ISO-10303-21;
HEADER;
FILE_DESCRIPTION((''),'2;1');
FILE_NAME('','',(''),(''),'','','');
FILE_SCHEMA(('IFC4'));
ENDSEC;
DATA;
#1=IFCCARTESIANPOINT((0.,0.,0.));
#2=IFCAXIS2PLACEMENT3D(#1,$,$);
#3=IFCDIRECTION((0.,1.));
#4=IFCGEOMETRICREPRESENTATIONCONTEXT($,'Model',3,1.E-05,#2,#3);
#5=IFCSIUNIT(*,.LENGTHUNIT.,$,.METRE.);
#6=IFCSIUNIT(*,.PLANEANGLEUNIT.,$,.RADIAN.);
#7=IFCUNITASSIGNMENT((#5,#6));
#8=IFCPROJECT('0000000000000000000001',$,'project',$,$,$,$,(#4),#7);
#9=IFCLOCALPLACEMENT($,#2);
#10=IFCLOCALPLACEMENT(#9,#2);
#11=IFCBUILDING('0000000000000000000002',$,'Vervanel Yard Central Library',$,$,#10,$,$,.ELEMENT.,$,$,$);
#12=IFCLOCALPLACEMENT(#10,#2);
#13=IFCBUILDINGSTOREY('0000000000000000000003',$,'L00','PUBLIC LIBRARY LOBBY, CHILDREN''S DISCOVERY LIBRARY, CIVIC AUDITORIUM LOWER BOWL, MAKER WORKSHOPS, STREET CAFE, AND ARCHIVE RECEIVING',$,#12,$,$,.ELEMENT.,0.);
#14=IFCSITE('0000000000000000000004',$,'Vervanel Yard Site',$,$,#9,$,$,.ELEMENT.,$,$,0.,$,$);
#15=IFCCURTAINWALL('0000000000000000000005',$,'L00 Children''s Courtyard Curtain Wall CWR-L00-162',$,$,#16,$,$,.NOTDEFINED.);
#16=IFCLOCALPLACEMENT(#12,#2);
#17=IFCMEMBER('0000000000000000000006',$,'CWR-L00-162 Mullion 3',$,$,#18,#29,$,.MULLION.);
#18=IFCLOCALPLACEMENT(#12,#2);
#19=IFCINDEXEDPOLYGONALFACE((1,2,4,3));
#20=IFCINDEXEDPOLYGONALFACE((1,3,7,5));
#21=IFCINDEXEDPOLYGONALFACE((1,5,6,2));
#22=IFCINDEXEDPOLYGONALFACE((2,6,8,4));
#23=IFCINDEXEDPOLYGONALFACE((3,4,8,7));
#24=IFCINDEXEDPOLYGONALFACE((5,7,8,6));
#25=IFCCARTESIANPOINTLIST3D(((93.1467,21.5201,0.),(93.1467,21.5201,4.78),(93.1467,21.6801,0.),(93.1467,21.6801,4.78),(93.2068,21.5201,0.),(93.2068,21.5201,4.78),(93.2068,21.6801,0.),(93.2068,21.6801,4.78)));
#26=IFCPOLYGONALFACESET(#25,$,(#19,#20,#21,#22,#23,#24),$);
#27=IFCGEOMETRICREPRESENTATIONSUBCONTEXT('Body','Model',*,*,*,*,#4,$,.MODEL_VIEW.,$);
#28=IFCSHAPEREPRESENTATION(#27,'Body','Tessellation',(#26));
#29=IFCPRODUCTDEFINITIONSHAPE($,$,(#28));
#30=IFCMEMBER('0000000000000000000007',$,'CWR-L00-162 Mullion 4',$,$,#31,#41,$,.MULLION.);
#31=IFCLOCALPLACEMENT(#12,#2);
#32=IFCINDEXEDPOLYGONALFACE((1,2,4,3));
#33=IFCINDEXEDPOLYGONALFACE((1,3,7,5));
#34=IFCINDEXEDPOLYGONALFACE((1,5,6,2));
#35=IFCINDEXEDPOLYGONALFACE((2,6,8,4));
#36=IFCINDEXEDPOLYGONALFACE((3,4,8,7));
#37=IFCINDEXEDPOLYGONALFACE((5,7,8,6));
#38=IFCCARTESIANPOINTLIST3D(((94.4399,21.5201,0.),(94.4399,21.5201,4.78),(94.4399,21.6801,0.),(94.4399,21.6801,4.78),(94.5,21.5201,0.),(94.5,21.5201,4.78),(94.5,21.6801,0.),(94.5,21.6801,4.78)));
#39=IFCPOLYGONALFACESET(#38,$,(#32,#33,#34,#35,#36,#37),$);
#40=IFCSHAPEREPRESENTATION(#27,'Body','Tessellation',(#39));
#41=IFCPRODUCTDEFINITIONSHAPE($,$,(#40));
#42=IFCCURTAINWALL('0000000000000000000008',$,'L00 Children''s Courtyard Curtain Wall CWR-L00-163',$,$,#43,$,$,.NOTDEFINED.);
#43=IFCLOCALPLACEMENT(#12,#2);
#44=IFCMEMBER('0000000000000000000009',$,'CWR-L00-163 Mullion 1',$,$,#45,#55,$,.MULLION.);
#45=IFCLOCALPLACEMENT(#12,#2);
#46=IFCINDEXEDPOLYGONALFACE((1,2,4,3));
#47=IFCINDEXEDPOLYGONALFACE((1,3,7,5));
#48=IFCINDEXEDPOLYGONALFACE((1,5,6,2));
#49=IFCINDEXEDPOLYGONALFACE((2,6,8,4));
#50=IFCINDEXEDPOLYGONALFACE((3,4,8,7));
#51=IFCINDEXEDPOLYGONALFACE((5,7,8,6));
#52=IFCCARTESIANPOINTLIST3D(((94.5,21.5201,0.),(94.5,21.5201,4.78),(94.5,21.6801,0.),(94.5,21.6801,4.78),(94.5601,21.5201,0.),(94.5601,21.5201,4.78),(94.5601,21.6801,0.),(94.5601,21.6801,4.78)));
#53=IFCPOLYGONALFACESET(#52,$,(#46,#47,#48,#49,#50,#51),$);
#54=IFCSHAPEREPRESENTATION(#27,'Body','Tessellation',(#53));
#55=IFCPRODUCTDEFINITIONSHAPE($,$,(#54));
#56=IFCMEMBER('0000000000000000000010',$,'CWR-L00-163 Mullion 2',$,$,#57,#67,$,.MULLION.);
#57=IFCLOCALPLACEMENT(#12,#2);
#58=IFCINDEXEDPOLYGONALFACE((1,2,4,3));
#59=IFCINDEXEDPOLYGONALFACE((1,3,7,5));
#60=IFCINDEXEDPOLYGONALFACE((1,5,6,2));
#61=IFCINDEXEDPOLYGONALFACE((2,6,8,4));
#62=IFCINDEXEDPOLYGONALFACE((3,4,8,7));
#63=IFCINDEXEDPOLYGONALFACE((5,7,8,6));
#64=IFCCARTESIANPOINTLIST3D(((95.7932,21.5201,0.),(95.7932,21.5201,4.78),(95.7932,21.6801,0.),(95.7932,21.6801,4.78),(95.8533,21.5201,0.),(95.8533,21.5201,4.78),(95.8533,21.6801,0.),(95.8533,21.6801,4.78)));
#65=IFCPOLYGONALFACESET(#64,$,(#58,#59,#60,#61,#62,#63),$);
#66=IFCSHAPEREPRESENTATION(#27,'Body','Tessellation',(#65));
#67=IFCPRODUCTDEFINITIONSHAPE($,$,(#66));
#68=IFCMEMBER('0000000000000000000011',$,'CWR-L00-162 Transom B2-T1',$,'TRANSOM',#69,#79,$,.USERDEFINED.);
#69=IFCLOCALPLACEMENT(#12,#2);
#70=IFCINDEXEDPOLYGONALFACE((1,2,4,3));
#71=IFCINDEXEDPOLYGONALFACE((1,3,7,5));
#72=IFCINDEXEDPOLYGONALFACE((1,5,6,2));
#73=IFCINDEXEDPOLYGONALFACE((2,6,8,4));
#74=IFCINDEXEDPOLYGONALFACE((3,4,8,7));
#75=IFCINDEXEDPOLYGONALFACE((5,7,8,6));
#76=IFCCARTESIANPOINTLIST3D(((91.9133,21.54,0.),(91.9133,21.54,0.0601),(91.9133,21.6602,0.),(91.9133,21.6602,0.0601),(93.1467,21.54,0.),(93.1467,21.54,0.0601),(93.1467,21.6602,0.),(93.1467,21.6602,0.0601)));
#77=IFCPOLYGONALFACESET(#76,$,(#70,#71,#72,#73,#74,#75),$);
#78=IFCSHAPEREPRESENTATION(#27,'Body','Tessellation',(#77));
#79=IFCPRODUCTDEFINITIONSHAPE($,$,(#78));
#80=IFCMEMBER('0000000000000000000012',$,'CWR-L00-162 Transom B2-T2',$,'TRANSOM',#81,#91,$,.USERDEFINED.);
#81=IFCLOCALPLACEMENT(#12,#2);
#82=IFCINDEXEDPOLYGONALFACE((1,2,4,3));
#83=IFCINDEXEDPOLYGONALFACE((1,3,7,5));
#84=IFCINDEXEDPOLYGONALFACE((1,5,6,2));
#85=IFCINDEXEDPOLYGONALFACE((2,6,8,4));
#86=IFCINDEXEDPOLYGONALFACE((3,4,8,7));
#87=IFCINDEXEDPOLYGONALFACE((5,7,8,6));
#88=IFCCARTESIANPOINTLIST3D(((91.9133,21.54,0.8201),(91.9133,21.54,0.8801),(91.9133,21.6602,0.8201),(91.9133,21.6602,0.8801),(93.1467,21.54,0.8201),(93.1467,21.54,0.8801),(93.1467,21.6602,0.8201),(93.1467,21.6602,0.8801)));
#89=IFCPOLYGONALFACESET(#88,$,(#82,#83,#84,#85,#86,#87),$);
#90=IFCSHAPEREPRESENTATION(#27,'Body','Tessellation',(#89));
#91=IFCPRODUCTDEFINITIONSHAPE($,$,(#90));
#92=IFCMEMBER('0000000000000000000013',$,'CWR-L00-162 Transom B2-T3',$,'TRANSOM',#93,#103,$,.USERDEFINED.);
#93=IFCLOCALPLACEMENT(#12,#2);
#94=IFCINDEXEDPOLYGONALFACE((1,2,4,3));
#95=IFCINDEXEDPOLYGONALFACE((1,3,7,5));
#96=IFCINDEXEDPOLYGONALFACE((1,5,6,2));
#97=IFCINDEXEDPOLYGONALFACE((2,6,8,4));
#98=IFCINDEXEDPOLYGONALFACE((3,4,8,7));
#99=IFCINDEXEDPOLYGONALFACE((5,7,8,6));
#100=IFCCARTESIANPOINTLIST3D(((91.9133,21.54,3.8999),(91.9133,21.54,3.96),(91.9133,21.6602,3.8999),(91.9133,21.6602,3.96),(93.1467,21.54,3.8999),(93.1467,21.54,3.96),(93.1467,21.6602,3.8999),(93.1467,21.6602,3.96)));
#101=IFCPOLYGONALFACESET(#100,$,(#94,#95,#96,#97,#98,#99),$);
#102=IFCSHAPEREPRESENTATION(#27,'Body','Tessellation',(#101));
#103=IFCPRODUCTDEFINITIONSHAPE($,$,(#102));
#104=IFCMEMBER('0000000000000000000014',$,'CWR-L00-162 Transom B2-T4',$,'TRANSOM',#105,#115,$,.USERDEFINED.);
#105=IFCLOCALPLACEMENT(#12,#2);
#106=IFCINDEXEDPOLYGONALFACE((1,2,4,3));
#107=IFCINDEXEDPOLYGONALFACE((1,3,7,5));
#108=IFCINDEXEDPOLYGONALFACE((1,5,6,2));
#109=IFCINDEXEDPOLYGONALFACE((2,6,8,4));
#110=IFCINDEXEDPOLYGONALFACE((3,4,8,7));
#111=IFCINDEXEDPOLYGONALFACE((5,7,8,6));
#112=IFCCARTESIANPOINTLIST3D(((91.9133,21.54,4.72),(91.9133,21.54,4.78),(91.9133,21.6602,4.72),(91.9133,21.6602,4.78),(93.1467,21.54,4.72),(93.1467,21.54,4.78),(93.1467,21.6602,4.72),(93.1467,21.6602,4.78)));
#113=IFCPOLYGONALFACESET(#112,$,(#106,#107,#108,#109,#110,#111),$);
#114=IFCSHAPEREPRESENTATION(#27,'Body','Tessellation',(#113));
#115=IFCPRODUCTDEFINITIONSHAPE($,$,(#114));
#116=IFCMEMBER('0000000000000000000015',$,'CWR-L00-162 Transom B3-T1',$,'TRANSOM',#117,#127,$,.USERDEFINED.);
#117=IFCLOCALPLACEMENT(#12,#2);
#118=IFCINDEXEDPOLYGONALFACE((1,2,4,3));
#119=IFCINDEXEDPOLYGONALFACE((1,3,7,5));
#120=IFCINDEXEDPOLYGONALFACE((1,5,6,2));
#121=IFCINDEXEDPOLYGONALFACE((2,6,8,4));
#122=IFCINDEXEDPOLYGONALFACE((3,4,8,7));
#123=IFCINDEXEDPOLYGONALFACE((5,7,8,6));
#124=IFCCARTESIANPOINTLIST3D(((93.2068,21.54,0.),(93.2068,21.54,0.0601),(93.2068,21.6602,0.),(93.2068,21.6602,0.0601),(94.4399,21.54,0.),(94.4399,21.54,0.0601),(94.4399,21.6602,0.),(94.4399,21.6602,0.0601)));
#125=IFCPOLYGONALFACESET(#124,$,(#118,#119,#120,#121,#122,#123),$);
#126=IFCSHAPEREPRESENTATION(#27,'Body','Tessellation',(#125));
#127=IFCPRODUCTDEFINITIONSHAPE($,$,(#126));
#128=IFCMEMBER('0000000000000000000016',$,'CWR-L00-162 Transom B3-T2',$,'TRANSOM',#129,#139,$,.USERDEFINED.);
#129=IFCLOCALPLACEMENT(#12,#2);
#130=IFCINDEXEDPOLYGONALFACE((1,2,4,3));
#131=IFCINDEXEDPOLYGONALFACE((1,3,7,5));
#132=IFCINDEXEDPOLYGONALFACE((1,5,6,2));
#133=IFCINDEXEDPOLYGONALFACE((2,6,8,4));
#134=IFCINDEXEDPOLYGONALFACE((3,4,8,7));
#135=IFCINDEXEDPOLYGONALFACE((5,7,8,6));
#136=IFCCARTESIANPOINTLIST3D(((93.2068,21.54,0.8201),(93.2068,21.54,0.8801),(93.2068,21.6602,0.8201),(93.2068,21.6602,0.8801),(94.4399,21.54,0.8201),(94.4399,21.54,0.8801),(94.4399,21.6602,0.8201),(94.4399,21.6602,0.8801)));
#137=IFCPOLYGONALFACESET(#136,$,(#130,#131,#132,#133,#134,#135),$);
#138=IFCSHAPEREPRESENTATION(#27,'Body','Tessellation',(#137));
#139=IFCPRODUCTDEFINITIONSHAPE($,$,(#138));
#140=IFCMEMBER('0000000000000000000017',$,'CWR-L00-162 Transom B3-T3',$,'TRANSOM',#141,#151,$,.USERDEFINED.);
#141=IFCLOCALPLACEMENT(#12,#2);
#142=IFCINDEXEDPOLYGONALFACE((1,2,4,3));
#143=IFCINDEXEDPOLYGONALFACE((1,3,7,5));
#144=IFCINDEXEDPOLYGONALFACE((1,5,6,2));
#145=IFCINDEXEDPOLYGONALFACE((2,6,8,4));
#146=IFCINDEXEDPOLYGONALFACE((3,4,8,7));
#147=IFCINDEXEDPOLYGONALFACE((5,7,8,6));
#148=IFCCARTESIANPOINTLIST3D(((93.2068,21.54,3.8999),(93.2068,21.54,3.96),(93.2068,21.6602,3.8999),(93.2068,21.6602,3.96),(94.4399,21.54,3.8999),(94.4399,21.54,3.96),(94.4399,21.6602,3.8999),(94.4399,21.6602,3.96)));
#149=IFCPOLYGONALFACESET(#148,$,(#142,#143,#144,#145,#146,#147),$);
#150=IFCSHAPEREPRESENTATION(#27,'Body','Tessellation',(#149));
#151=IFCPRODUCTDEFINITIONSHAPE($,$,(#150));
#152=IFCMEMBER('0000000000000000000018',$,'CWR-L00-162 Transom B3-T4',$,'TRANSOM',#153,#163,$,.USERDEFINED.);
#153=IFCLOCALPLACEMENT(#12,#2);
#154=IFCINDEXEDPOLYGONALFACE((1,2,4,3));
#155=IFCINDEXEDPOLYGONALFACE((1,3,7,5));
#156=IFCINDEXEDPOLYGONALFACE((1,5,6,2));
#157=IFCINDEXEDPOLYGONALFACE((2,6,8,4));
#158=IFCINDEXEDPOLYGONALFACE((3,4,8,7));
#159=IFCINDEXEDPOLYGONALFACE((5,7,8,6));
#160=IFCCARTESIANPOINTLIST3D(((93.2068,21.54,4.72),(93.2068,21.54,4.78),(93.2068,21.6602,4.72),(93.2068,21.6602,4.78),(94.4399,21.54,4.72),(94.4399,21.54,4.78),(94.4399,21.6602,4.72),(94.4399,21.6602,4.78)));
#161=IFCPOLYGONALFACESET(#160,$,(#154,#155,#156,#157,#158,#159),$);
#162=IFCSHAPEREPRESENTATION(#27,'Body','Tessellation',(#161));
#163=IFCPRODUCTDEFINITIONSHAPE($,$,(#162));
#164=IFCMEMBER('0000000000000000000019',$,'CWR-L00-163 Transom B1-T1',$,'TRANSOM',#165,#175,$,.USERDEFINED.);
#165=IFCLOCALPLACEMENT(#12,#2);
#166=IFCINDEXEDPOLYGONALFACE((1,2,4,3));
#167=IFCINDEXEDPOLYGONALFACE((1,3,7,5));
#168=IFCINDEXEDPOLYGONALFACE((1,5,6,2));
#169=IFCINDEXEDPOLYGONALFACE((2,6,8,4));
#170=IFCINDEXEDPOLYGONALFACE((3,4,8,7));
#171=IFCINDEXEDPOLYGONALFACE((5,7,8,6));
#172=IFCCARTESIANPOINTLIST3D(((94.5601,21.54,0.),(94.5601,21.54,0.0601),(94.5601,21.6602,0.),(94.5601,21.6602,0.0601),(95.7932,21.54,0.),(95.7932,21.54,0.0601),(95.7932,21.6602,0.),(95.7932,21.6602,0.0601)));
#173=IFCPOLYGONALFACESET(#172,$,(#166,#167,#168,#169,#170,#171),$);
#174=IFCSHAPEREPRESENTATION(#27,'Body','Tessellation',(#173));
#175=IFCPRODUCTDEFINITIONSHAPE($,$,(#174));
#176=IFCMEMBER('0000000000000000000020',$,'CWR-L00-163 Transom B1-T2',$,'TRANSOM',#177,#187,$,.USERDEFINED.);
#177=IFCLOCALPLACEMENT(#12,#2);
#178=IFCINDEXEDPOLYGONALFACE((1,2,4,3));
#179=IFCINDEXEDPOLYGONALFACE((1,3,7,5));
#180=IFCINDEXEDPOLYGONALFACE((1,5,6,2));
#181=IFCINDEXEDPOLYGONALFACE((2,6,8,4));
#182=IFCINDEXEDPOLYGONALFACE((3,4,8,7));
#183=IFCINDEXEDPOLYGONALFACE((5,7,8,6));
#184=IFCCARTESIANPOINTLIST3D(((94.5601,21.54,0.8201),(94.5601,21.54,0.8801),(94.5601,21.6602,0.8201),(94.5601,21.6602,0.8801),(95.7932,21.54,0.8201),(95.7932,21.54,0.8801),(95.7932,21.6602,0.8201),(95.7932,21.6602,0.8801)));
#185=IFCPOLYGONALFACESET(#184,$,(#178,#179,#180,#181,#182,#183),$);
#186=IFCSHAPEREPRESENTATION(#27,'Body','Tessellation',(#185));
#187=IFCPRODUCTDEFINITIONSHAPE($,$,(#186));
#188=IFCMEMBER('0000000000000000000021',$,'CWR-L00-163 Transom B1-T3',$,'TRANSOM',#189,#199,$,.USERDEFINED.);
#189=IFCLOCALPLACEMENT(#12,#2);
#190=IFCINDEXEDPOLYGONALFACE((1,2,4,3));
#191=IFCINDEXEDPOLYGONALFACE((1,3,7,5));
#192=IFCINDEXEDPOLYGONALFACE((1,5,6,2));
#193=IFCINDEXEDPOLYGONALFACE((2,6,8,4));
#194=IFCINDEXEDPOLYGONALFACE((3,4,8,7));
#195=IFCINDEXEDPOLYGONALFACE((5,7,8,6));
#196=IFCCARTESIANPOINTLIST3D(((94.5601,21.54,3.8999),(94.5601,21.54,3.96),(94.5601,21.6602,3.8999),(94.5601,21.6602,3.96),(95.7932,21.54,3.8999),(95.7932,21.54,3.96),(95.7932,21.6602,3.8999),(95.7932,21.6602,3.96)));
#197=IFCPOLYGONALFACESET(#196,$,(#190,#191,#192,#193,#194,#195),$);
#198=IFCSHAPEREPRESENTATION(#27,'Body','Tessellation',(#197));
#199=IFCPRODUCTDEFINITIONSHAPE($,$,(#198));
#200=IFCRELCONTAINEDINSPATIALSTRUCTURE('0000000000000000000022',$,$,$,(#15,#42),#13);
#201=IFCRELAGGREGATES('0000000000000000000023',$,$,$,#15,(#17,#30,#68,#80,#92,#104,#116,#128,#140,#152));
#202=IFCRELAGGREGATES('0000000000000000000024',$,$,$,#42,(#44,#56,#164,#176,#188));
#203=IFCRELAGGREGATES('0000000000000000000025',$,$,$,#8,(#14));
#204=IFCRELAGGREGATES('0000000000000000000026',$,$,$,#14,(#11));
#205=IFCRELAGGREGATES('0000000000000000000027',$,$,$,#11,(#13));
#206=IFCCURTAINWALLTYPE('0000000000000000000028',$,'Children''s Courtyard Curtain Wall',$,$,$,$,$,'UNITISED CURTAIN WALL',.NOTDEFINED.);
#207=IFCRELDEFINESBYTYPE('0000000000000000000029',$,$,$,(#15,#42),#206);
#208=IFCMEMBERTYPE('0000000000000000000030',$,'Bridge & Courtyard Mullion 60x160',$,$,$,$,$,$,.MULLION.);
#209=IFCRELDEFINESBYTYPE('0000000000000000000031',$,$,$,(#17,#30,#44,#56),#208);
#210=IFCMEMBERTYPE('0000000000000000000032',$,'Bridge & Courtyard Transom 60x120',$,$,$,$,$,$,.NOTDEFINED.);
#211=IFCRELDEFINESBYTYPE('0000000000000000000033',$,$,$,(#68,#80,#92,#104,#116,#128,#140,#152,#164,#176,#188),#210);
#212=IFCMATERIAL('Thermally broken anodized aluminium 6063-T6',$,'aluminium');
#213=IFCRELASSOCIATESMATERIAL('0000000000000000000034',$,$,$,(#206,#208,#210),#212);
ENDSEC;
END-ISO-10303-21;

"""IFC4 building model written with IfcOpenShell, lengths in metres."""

from ifc_helpers import new_model, si_unit, direction, frame, origin, origin_2d, place, context, subcontext, project, spatial, rectangle, extrude, material, material_profile, profile_set, type_object, element, aggregate, save


model = new_model("IFC4")

# Units and contexts
model_context = context("Model", 3, precision=1e-05, world=origin(), true_north=direction((0.0, 1.0)))
body_context = subcontext(model_context, "Body", "Model", "MODEL_VIEW")
ifc_project = project(units=[si_unit("LENGTHUNIT", "METRE"), si_unit("PLANEANGLEUNIT", "RADIAN")], contexts=[model_context])

# Site, building, storey
site_placement = place(None, origin())
site = spatial("IfcSite", under=ifc_project, at=site_placement, Name="Vervanel Yard Site", CompositionType="ELEMENT", RefElevation=0.0)
building_placement = place(site_placement, origin())
building = spatial("IfcBuilding", under=site, at=building_placement, Name="Vervanel Yard Central Library", CompositionType="ELEMENT")
storey_placement = place(building_placement, origin())
storey = spatial("IfcBuildingStorey", under=building, at=storey_placement, Name="L00", Description="PUBLIC LIBRARY LOBBY, CHILDREN'S DISCOVERY LIBRARY, CIVIC AUDITORIUM LOWER BOWL, MAKER WORKSHOPS, STREET CAFE, AND ARCHIVE RECEIVING", CompositionType="ELEMENT", Elevation=0.0)

# Curtain walls, members
ifc_material_1 = material(Name="Thermally broken anodized aluminium 6063-T6", Category="aluminium")
curtain_wall_type = type_object("IfcCurtainWallType", Name="Children's Courtyard Curtain Wall", ElementType="UNITISED CURTAIN WALL", PredefinedType="NOTDEFINED", material=ifc_material_1)
curtain_wall_1_placement = place(storey_placement, origin())
curtain_wall_1 = element("IfcCurtainWall", 1, at=curtain_wall_1_placement, inside=storey, type_object=curtain_wall_type, Name="L00 Children's Courtyard Curtain Wall CWR-L00-162", PredefinedType="NOTDEFINED")
ifc_material_profile_1 = material_profile(ifc_material_1, rectangle(XDim=0.0601, YDim=0.1599, at=origin_2d()), Name="ALU 60x160", Category="aluminium")
ifc_profile_set_1 = profile_set([ifc_material_profile_1], Name="Thermally broken anodized aluminium 6063-T6")
member_type_1 = type_object("IfcMemberType", Name="Bridge & Courtyard Mullion 60x160", PredefinedType="MULLION", material=ifc_profile_set_1)
member_1_placement = place(storey_placement, frame((93.1768, 21.6001, 0.0), z_axis=(0.0, 0.0, 1.0), x_axis=(1.0, 0.0, 0.0)))
member_1 = element("IfcMember", 2, at=member_1_placement, type_object=member_type_1, Name="CWR-L00-162 Mullion 3", PredefinedType="MULLION", context=body_context, shape_type="SweptSolid", body=[
    extrude(rectangle(XDim=0.0601, YDim=0.1599, at=origin_2d()), origin(), (0.0, 0.0, 1.0), 4.78),
])
member_2_placement = place(storey_placement, frame((94.47, 21.6001, 0.0), z_axis=(0.0, 0.0, 1.0), x_axis=(1.0, 0.0, 0.0)))
member_2 = element("IfcMember", 3, at=member_2_placement, type_object=member_type_1, Name="CWR-L00-162 Mullion 4", PredefinedType="MULLION", context=body_context, shape_type="SweptSolid", body=[
    extrude(rectangle(XDim=0.0601, YDim=0.1599, at=origin_2d()), origin(), (0.0, 0.0, 1.0), 4.78),
])
curtain_wall_2_placement = place(storey_placement, origin())
curtain_wall_2 = element("IfcCurtainWall", 4, at=curtain_wall_2_placement, inside=storey, type_object=curtain_wall_type, Name="L00 Children's Courtyard Curtain Wall CWR-L00-163", PredefinedType="NOTDEFINED")
member_3_placement = place(storey_placement, frame((94.53, 21.6001, 0.0), z_axis=(0.0, 0.0, 1.0), x_axis=(1.0, 0.0, 0.0)))
member_3 = element("IfcMember", 5, at=member_3_placement, type_object=member_type_1, Name="CWR-L00-163 Mullion 1", PredefinedType="MULLION", context=body_context, shape_type="SweptSolid", body=[
    extrude(rectangle(XDim=0.0601, YDim=0.1599, at=origin_2d()), origin(), (0.0, 0.0, 1.0), 4.78),
])
member_4_placement = place(storey_placement, frame((95.8232, 21.6001, 0.0), z_axis=(0.0, 0.0, 1.0), x_axis=(1.0, 0.0, 0.0)))
member_4 = element("IfcMember", 6, at=member_4_placement, type_object=member_type_1, Name="CWR-L00-163 Mullion 2", PredefinedType="MULLION", context=body_context, shape_type="SweptSolid", body=[
    extrude(rectangle(XDim=0.0601, YDim=0.1599, at=origin_2d()), origin(), (0.0, 0.0, 1.0), 4.78),
])

# Members
ifc_material_profile_2 = material_profile(ifc_material_1, rectangle(XDim=0.0601, YDim=0.1201, at=origin_2d()), Name="ALU 60x120", Category="aluminium")
ifc_profile_set_2 = profile_set([ifc_material_profile_2], Name="Thermally broken anodized aluminium 6063-T6")
member_type_2 = type_object("IfcMemberType", Name="Bridge & Courtyard Transom 60x120", PredefinedType="NOTDEFINED", material=ifc_profile_set_2)
member_5_placement = place(storey_placement, frame((91.9133, 21.6001, 0.03), z_axis=(1.0, 0.0, 0.0), x_axis=(0.0, 0.0, 1.0)))
member_5 = element("IfcMember", 7, at=member_5_placement, type_object=member_type_2, Name="CWR-L00-162 Transom B2-T1", ObjectType="TRANSOM", PredefinedType="USERDEFINED", context=body_context, shape_type="SweptSolid", body=[
    extrude(rectangle(XDim=0.0601, YDim=0.1201, at=origin_2d()), origin(), (0.0, 0.0, 1.0), 1.2334),
])
member_6_placement = place(storey_placement, frame((91.9133, 21.6001, 0.8501), z_axis=(1.0, 0.0, 0.0), x_axis=(0.0, 0.0, 1.0)))
member_6 = element("IfcMember", 8, at=member_6_placement, type_object=member_type_2, Name="CWR-L00-162 Transom B2-T2", ObjectType="TRANSOM", PredefinedType="USERDEFINED", context=body_context, shape_type="SweptSolid", body=[
    extrude(rectangle(XDim=0.0601, YDim=0.1201, at=origin_2d()), origin(), (0.0, 0.0, 1.0), 1.2334),
])
member_7_placement = place(storey_placement, frame((91.9133, 21.6001, 3.9299), z_axis=(1.0, 0.0, 0.0), x_axis=(0.0, 0.0, 1.0)))
member_7 = element("IfcMember", 9, at=member_7_placement, type_object=member_type_2, Name="CWR-L00-162 Transom B2-T3", ObjectType="TRANSOM", PredefinedType="USERDEFINED", context=body_context, shape_type="SweptSolid", body=[
    extrude(rectangle(XDim=0.0601, YDim=0.1201, at=origin_2d()), origin(), (0.0, 0.0, 1.0), 1.2334),
])
member_8_placement = place(storey_placement, frame((91.9133, 21.6001, 4.75), z_axis=(1.0, 0.0, 0.0), x_axis=(0.0, 0.0, 1.0)))
member_8 = element("IfcMember", 10, at=member_8_placement, type_object=member_type_2, Name="CWR-L00-162 Transom B2-T4", ObjectType="TRANSOM", PredefinedType="USERDEFINED", context=body_context, shape_type="SweptSolid", body=[
    extrude(rectangle(XDim=0.0601, YDim=0.1201, at=origin_2d()), origin(), (0.0, 0.0, 1.0), 1.2334),
])
member_9_placement = place(storey_placement, frame((93.2068, 21.6001, 0.03), z_axis=(1.0, 0.0, 0.0), x_axis=(0.0, 0.0, 1.0)))
member_9 = element("IfcMember", 11, at=member_9_placement, type_object=member_type_2, Name="CWR-L00-162 Transom B3-T1", ObjectType="TRANSOM", PredefinedType="USERDEFINED", context=body_context, shape_type="SweptSolid", body=[
    extrude(rectangle(XDim=0.0601, YDim=0.1201, at=origin_2d()), origin(), (0.0, 0.0, 1.0), 1.2332),
])
member_10_placement = place(storey_placement, frame((93.2068, 21.6001, 0.8501), z_axis=(1.0, 0.0, 0.0), x_axis=(0.0, 0.0, 1.0)))
member_10 = element("IfcMember", 12, at=member_10_placement, type_object=member_type_2, Name="CWR-L00-162 Transom B3-T2", ObjectType="TRANSOM", PredefinedType="USERDEFINED", context=body_context, shape_type="SweptSolid", body=[
    extrude(rectangle(XDim=0.0601, YDim=0.1201, at=origin_2d()), origin(), (0.0, 0.0, 1.0), 1.2332),
])
member_11_placement = place(storey_placement, frame((93.2068, 21.6001, 3.9299), z_axis=(1.0, 0.0, 0.0), x_axis=(0.0, 0.0, 1.0)))
member_11 = element("IfcMember", 13, at=member_11_placement, type_object=member_type_2, Name="CWR-L00-162 Transom B3-T3", ObjectType="TRANSOM", PredefinedType="USERDEFINED", context=body_context, shape_type="SweptSolid", body=[
    extrude(rectangle(XDim=0.0601, YDim=0.1201, at=origin_2d()), origin(), (0.0, 0.0, 1.0), 1.2332),
])
member_12_placement = place(storey_placement, frame((93.2068, 21.6001, 4.75), z_axis=(1.0, 0.0, 0.0), x_axis=(0.0, 0.0, 1.0)))
member_12 = element("IfcMember", 14, at=member_12_placement, type_object=member_type_2, Name="CWR-L00-162 Transom B3-T4", ObjectType="TRANSOM", PredefinedType="USERDEFINED", context=body_context, shape_type="SweptSolid", body=[
    extrude(rectangle(XDim=0.0601, YDim=0.1201, at=origin_2d()), origin(), (0.0, 0.0, 1.0), 1.2332),
])
member_13_placement = place(storey_placement, frame((94.5601, 21.6001, 0.03), z_axis=(1.0, 0.0, 0.0), x_axis=(0.0, 0.0, 1.0)))
member_13 = element("IfcMember", 15, at=member_13_placement, type_object=member_type_2, Name="CWR-L00-163 Transom B1-T1", ObjectType="TRANSOM", PredefinedType="USERDEFINED", context=body_context, shape_type="SweptSolid", body=[
    extrude(rectangle(XDim=0.0601, YDim=0.1201, at=origin_2d()), origin(), (0.0, 0.0, 1.0), 1.2332),
])
member_14_placement = place(storey_placement, frame((94.5601, 21.6001, 0.8501), z_axis=(1.0, 0.0, 0.0), x_axis=(0.0, 0.0, 1.0)))
member_14 = element("IfcMember", 16, at=member_14_placement, type_object=member_type_2, Name="CWR-L00-163 Transom B1-T2", ObjectType="TRANSOM", PredefinedType="USERDEFINED", context=body_context, shape_type="SweptSolid", body=[
    extrude(rectangle(XDim=0.0601, YDim=0.1201, at=origin_2d()), origin(), (0.0, 0.0, 1.0), 1.2332),
])
member_15_placement = place(storey_placement, frame((94.5601, 21.6001, 3.9299), z_axis=(1.0, 0.0, 0.0), x_axis=(0.0, 0.0, 1.0)))
member_15 = element("IfcMember", 17, at=member_15_placement, type_object=member_type_2, Name="CWR-L00-163 Transom B1-T3", ObjectType="TRANSOM", PredefinedType="USERDEFINED", context=body_context, shape_type="SweptSolid", body=[
    extrude(rectangle(XDim=0.0601, YDim=0.1201, at=origin_2d()), origin(), (0.0, 0.0, 1.0), 1.2332),
])

aggregate(curtain_wall_1, [member_1, member_2, member_5, member_6, member_7, member_8, member_9, member_10, member_11, member_12])
aggregate(curtain_wall_2, [member_3, member_4, member_13, member_14, member_15])

save(model, "model.ifc")
